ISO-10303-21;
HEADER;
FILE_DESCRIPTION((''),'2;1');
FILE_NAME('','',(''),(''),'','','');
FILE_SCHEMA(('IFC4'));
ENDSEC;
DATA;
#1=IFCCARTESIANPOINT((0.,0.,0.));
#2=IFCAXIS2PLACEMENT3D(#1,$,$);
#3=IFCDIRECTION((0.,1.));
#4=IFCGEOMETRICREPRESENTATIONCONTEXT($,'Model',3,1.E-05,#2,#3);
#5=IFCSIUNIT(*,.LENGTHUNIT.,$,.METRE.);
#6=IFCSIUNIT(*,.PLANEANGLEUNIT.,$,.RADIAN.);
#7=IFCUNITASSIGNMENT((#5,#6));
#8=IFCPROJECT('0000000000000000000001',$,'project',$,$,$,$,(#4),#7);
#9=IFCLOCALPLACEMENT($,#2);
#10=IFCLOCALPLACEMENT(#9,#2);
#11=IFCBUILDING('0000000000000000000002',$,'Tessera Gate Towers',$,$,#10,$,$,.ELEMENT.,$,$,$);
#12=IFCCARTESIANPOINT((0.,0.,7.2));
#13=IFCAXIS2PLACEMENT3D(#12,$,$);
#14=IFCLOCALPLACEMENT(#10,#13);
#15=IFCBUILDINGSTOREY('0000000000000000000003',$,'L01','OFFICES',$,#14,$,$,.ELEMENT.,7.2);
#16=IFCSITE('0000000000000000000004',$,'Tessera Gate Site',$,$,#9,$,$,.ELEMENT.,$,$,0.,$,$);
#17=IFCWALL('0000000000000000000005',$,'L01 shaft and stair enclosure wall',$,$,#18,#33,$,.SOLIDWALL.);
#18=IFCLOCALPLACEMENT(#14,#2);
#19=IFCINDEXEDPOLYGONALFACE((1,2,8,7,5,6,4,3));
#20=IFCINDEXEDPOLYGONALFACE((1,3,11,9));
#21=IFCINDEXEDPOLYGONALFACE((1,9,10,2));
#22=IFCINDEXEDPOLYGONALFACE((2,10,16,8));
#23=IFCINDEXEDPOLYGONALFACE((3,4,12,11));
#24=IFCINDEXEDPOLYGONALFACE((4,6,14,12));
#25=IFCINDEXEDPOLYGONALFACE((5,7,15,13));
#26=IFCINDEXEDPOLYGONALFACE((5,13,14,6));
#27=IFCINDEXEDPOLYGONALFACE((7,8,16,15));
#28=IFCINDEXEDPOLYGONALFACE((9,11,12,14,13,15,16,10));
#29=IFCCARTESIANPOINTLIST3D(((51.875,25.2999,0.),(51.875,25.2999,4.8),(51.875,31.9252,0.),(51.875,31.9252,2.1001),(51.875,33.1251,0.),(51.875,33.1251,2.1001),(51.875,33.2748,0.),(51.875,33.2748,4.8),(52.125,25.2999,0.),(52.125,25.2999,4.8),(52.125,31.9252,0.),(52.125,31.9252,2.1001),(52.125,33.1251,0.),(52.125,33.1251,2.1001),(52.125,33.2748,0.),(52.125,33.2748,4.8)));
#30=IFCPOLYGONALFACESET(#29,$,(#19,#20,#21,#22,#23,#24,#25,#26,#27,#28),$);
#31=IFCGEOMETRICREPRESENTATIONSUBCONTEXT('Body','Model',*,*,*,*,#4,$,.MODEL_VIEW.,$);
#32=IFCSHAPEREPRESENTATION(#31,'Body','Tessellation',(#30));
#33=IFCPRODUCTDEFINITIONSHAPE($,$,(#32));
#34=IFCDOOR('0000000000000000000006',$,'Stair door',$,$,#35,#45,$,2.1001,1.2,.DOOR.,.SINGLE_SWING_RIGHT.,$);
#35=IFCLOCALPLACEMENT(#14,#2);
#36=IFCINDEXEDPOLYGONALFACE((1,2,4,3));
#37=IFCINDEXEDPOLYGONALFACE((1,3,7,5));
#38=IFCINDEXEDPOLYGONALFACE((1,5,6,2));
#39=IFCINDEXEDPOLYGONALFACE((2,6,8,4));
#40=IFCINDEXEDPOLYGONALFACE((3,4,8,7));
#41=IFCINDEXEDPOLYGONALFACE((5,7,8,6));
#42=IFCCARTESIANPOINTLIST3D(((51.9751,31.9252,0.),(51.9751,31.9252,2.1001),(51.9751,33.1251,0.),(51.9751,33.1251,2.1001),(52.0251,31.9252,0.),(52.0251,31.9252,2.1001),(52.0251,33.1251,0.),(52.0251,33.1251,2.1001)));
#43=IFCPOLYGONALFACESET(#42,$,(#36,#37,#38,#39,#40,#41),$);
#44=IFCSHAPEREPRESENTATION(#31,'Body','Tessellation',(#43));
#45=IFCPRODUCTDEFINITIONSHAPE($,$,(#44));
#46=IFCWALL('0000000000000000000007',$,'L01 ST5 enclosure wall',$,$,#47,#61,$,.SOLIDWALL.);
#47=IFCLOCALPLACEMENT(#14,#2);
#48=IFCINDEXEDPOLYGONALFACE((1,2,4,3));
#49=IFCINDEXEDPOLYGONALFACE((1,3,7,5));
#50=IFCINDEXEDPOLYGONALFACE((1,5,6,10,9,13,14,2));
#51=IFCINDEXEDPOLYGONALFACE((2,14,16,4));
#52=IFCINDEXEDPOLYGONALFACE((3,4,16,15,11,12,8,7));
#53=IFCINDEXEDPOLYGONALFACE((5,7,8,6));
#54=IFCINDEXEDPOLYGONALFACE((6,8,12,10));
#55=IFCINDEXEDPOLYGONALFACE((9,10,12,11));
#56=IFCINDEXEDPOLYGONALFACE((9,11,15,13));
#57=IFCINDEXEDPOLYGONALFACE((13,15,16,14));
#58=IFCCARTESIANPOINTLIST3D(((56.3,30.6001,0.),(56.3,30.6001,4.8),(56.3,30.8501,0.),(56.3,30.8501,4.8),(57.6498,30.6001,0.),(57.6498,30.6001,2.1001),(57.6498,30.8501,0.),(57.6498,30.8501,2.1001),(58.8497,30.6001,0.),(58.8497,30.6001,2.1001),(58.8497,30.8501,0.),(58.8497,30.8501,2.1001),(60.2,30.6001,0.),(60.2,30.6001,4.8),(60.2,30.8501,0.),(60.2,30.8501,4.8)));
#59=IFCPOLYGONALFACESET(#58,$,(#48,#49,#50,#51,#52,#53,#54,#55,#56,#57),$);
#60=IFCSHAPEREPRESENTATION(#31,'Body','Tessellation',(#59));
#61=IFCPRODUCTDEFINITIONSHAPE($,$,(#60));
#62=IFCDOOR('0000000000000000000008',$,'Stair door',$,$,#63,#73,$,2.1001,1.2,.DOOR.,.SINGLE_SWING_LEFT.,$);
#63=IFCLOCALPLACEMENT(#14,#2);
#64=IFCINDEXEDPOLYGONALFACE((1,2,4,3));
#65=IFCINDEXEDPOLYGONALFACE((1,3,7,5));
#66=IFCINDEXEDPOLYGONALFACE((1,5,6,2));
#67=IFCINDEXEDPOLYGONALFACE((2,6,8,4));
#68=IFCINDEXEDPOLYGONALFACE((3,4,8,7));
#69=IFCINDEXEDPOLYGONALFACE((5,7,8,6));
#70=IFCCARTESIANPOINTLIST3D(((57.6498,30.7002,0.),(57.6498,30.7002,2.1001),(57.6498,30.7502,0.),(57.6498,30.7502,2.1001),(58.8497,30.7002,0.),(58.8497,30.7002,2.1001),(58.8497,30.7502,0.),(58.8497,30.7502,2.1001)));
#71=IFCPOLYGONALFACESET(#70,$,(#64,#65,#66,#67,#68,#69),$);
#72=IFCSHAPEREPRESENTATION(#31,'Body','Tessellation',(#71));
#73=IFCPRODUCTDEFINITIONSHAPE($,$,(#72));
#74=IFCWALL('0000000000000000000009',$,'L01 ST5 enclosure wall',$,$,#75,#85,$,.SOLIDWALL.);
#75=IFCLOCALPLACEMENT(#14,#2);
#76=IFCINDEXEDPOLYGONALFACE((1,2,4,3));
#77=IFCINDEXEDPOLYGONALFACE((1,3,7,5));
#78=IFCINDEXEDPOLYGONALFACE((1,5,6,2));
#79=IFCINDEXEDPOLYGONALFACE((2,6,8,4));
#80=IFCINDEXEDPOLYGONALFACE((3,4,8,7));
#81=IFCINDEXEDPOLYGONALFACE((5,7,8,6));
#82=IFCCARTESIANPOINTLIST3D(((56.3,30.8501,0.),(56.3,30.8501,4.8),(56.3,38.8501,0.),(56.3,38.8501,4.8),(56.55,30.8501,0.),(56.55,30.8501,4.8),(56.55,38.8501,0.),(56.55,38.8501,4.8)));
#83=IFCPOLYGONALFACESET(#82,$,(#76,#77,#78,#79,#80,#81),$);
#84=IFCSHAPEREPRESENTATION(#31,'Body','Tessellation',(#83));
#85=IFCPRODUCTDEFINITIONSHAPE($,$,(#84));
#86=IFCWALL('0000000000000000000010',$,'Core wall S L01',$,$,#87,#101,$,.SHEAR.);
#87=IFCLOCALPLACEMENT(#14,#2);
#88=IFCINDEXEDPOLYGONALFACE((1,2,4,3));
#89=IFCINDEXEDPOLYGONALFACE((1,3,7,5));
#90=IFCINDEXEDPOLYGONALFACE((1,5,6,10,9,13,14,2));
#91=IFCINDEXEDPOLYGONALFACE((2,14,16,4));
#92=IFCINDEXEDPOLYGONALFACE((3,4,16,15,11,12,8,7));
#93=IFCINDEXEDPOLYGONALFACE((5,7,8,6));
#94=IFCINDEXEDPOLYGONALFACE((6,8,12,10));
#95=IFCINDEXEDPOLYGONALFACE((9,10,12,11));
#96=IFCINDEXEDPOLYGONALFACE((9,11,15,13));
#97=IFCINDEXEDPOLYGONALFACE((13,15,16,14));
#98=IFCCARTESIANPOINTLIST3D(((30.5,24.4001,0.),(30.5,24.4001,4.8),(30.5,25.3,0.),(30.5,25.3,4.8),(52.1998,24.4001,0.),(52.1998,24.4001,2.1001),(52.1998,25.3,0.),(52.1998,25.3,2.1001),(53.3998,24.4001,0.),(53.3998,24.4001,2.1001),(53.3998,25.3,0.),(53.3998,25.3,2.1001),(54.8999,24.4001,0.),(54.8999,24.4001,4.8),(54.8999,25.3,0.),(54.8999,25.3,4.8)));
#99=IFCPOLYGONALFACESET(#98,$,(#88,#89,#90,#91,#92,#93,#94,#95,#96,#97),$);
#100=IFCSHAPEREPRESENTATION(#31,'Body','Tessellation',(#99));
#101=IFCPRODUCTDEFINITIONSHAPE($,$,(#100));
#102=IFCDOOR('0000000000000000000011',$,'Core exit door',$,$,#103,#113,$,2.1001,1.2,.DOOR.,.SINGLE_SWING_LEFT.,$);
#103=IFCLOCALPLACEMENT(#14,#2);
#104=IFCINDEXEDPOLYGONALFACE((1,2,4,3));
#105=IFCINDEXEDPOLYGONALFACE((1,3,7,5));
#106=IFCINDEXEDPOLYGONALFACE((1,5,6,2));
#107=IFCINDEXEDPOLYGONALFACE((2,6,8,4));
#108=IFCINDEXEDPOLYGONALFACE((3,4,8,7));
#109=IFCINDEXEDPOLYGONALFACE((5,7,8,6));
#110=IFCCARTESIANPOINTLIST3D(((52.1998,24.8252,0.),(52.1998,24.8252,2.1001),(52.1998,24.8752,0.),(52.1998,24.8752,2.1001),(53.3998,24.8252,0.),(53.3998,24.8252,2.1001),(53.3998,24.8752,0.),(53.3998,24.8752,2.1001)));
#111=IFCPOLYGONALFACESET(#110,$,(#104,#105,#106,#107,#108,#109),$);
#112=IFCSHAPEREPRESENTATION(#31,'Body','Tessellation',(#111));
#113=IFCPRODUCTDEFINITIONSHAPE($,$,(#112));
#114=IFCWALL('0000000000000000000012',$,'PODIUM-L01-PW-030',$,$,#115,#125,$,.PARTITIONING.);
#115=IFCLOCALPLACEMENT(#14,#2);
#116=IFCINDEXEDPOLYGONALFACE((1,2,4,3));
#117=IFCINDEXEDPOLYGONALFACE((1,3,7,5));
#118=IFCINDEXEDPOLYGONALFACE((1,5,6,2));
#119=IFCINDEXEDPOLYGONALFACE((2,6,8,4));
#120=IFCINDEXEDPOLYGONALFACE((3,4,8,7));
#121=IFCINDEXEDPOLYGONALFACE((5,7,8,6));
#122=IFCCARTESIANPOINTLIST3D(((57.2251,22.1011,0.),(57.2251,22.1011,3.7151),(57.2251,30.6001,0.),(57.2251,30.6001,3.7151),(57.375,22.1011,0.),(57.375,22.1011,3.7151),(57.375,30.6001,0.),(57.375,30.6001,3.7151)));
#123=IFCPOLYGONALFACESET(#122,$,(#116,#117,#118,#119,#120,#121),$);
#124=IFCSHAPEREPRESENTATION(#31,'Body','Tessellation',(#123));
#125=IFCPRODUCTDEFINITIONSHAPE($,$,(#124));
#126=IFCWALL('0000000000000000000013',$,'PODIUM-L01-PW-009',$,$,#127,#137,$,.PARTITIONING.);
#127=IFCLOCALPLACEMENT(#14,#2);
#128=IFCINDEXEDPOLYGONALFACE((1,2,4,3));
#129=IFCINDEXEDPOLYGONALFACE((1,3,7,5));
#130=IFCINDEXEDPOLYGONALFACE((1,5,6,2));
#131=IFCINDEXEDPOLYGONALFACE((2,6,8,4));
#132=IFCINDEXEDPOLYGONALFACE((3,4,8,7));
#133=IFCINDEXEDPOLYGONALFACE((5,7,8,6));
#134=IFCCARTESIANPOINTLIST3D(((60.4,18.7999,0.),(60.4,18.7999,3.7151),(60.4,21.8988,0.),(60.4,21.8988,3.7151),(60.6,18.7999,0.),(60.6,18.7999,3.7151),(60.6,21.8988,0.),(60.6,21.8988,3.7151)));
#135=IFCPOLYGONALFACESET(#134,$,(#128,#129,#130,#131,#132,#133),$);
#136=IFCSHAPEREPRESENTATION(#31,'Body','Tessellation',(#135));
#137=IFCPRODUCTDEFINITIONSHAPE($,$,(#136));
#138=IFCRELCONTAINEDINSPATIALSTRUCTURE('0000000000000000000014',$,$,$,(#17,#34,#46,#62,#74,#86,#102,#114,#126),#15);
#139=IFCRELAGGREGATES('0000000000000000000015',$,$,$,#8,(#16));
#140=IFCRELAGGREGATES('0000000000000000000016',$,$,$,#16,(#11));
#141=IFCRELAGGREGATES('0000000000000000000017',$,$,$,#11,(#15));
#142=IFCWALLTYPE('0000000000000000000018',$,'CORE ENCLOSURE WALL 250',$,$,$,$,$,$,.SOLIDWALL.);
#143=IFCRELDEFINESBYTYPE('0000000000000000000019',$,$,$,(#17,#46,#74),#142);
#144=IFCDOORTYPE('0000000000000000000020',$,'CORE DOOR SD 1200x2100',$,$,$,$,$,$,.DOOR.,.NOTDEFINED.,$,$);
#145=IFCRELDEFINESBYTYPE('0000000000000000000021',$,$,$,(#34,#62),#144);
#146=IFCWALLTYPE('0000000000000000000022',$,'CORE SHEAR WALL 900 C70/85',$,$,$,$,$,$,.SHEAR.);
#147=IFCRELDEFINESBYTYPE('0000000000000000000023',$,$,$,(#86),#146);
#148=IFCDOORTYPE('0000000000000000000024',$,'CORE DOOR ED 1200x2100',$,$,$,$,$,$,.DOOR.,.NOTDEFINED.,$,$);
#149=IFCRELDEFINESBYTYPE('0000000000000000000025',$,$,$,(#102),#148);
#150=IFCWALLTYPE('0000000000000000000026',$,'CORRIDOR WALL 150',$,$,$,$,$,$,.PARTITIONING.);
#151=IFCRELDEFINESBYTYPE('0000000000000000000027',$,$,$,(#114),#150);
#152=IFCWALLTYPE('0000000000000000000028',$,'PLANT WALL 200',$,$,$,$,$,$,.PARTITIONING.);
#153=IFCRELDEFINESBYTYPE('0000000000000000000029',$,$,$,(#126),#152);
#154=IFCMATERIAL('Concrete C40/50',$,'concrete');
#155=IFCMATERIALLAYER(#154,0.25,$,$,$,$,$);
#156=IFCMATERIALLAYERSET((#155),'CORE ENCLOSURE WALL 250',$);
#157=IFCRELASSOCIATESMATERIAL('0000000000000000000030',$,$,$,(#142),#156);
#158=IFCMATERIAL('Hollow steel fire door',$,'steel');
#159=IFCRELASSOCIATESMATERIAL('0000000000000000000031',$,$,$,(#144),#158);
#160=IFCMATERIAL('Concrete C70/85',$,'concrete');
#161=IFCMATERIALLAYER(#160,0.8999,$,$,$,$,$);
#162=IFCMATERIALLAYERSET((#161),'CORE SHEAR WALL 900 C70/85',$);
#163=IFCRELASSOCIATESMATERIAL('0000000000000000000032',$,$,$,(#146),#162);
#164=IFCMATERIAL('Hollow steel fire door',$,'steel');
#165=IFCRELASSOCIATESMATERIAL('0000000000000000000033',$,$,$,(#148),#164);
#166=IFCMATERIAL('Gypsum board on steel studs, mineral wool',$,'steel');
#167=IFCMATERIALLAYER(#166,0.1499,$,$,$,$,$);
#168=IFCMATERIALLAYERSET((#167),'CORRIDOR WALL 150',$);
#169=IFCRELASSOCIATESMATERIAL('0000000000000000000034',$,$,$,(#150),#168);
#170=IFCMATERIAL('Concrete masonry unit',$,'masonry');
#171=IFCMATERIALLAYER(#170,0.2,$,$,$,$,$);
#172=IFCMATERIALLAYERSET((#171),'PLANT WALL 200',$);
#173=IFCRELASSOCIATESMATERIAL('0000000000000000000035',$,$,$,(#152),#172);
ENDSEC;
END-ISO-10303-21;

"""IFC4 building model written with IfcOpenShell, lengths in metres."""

from ifc_helpers import new_model, si_unit, direction, frame, frame_2d, origin, place, context, subcontext, project, spatial, rectangle, extrude, source, transform, mapped, material, layer, layer_set, type_object, element, fill, save


model = new_model("IFC4")

# Units and contexts
model_context = context("Model", 3, precision=1e-05, world=origin(), true_north=direction((0.0, 1.0)))
body_context = subcontext(model_context, "Body", "Model", "MODEL_VIEW")
ifc_project = project(units=[si_unit("LENGTHUNIT", "METRE"), si_unit("PLANEANGLEUNIT", "RADIAN")], contexts=[model_context])

# Site, building, storey
site_placement = place(None, origin())
site = spatial("IfcSite", under=ifc_project, at=site_placement, Name="Tessera Gate Site", CompositionType="ELEMENT", RefElevation=0.0)
building_placement = place(site_placement, origin())
building = spatial("IfcBuilding", under=site, at=building_placement, Name="Tessera Gate Towers", CompositionType="ELEMENT")
storey_placement = place(building_placement, frame((0.0, 0.0, 7.2)))
storey = spatial("IfcBuildingStorey", under=building, at=storey_placement, Name="L01", Description="OFFICES", CompositionType="ELEMENT", Elevation=7.2)

# Walls, openings, doors
ifc_material_1 = material(Name="Concrete C40/50", Category="concrete")
ifc_layer_1 = layer(ifc_material_1, 0.25)
ifc_layer_set_1 = layer_set([ifc_layer_1], Name="CORE ENCLOSURE WALL 250")
wall_type_1 = type_object("IfcWallType", Name="CORE ENCLOSURE WALL 250", PredefinedType="SOLIDWALL", material=ifc_layer_set_1)
wall_1_placement = place(storey_placement, frame((52.0, 25.3, 0.0), z_axis=(0.0, 0.0, 1.0), x_axis=(0.0, 1.0, 0.0)))
wall_1 = element("IfcWall", 1, at=wall_1_placement, inside=storey, type_object=wall_type_1, Name="L01 shaft and stair enclosure wall", PredefinedType="SOLIDWALL", context=body_context, shape_type="SweptSolid", body=[
    extrude(rectangle(XDim=7.9749, YDim=0.25, at=frame_2d((3.9873, 0.0))), origin(), (0.0, 0.0, 1.0), 4.8),
])
shared_shape_1 = source(origin(), body_context, "Body", "SweptSolid", [
    extrude(rectangle(XDim=1.2, YDim=2.1001, at=frame_2d((0.6001, 1.05))), frame((0.0, 0.135, 0.0), z_axis=(0.0, -1.0, 0.0), x_axis=(1.0, 0.0, 0.0)), (0.0, 0.0, 1.0), 0.27),
])
opening_1_placement = place(wall_1_placement, frame((6.625, 0.0, 0.0)))
opening_1 = element("IfcOpeningElement", 2, at=opening_1_placement, cuts=wall_1, PredefinedType="OPENING", context=body_context, shape_type="MappedRepresentation", body=[
    mapped(shared_shape_1, transform((0.0, 0.0, 0.0), scale=1.0)),
])
ifc_material_2 = material(Name="Hollow steel fire door", Category="steel")
door_type_1 = type_object("IfcDoorType", Name="CORE DOOR SD 1200x2100", OperationType="NOTDEFINED", PredefinedType="DOOR", material=ifc_material_2)
shared_shape_2 = source(origin(), body_context, "Body", "SweptSolid", [
    extrude(rectangle(XDim=1.2, YDim=2.1001, at=frame_2d((0.6001, 1.05))), frame((0.0, 0.0249, 0.0), z_axis=(0.0, -1.0, 0.0), x_axis=(1.0, 0.0, 0.0)), (0.0, 0.0, 1.0), 0.05),
])
door_1_placement = place(opening_1_placement, origin())
door_1 = element("IfcDoor", 3, at=door_1_placement, inside=storey, type_object=door_type_1, Name="Stair door", OperationType="SINGLE_SWING_RIGHT", OverallHeight=2.1001, OverallWidth=1.2, PredefinedType="DOOR", context=body_context, shape_type="MappedRepresentation", body=[
    mapped(shared_shape_2, transform((0.0, 0.0, 0.0), scale=1.0)),
])
fill(opening_1, door_1)
wall_2_placement = place(storey_placement, frame((60.2, 30.7251, 0.0), z_axis=(0.0, 0.0, 1.0), x_axis=(-1.0, 0.0, 0.0)))
wall_2 = element("IfcWall", 4, at=wall_2_placement, inside=storey, type_object=wall_type_1, Name="L01 ST5 enclosure wall", PredefinedType="SOLIDWALL", context=body_context, shape_type="SweptSolid", body=[
    extrude(rectangle(XDim=3.8999, YDim=0.25, at=frame_2d((1.95, 0.0))), origin(), (0.0, 0.0, 1.0), 4.8),
])
opening_2_placement = place(wall_2_placement, frame((1.3501, 0.0, 0.0)))
opening_2 = element("IfcOpeningElement", 5, at=opening_2_placement, cuts=wall_2, PredefinedType="OPENING", context=body_context, shape_type="MappedRepresentation", body=[
    mapped(shared_shape_1, transform((0.0, 0.0, 0.0), scale=1.0)),
])
door_2_placement = place(opening_2_placement, origin())
door_2 = element("IfcDoor", 6, at=door_2_placement, inside=storey, type_object=door_type_1, Name="Stair door", OperationType="SINGLE_SWING_LEFT", OverallHeight=2.1001, OverallWidth=1.2, PredefinedType="DOOR", context=body_context, shape_type="MappedRepresentation", body=[
    mapped(shared_shape_2, transform((0.0, 0.0, 0.0), scale=1.0)),
])
fill(opening_2, door_2)

# Wall
wall_3_placement = place(storey_placement, frame((56.425, 30.8501, 0.0), z_axis=(0.0, 0.0, 1.0), x_axis=(0.0, 1.0, 0.0)))
element("IfcWall", 7, at=wall_3_placement, inside=storey, type_object=wall_type_1, Name="L01 ST5 enclosure wall", PredefinedType="SOLIDWALL", context=body_context, shape_type="SweptSolid", body=[
    extrude(rectangle(XDim=8.0, YDim=0.25, at=frame_2d((4.0, 0.0))), origin(), (0.0, 0.0, 1.0), 4.8),
])

# Wall, opening, door
ifc_material_3 = material(Name="Concrete C70/85", Category="concrete")
ifc_layer_2 = layer(ifc_material_3, 0.8999)
ifc_layer_set_2 = layer_set([ifc_layer_2], Name="CORE SHEAR WALL 900 C70/85")
wall_type_2 = type_object("IfcWallType", Name="CORE SHEAR WALL 900 C70/85", PredefinedType="SHEAR", material=ifc_layer_set_2)
wall_4_placement = place(storey_placement, frame((54.8999, 24.8501, 0.0), z_axis=(0.0, 0.0, 1.0), x_axis=(-1.0, 0.0, 0.0)))
wall_4 = element("IfcWall", 8, at=wall_4_placement, inside=storey, type_object=wall_type_2, Name="Core wall S L01", PredefinedType="SHEAR", context=body_context, shape_type="SweptSolid", body=[
    extrude(rectangle(XDim=24.3999, YDim=0.8999, at=frame_2d((12.2, 0.0))), origin(), (0.0, 0.0, 1.0), 4.8),
])
shared_shape_3 = source(origin(), body_context, "Body", "SweptSolid", [
    extrude(rectangle(XDim=1.2, YDim=2.1001, at=frame_2d((0.6001, 1.05))), frame((0.0, 0.46, 0.0), z_axis=(0.0, -1.0, 0.0), x_axis=(1.0, 0.0, 0.0)), (0.0, 0.0, 1.0), 0.9199),
])
opening_3_placement = place(wall_4_placement, frame((1.5, 0.0, 0.0)))
opening_3 = element("IfcOpeningElement", 9, at=opening_3_placement, cuts=wall_4, PredefinedType="OPENING", context=body_context, shape_type="MappedRepresentation", body=[
    mapped(shared_shape_3, transform((0.0, 0.0, 0.0), scale=1.0)),
])
ifc_material_4 = material(Name="Hollow steel fire door", Category="steel")
door_type_2 = type_object("IfcDoorType", Name="CORE DOOR ED 1200x2100", OperationType="NOTDEFINED", PredefinedType="DOOR", material=ifc_material_4)
door_3_placement = place(opening_3_placement, origin())
door_3 = element("IfcDoor", 10, at=door_3_placement, inside=storey, type_object=door_type_2, Name="Core exit door", OperationType="SINGLE_SWING_LEFT", OverallHeight=2.1001, OverallWidth=1.2, PredefinedType="DOOR", context=body_context, shape_type="MappedRepresentation", body=[
    mapped(shared_shape_2, transform((0.0, 0.0, 0.0), scale=1.0)),
])
fill(opening_3, door_3)

# Walls
ifc_material_5 = material(Name="Gypsum board on steel studs, mineral wool", Category="steel")
ifc_layer_3 = layer(ifc_material_5, 0.1499)
ifc_layer_set_3 = layer_set([ifc_layer_3], Name="CORRIDOR WALL 150")
wall_type_3 = type_object("IfcWallType", Name="CORRIDOR WALL 150", PredefinedType="PARTITIONING", material=ifc_layer_set_3)
wall_5_placement = place(storey_placement, frame((57.3, 22.1011, 0.0), z_axis=(0.0, 0.0, 1.0), x_axis=(0.0, 1.0, 0.0)))
element("IfcWall", 11, at=wall_5_placement, inside=storey, type_object=wall_type_3, Name="PODIUM-L01-PW-030", PredefinedType="PARTITIONING", context=body_context, shape_type="SweptSolid", body=[
    extrude(rectangle(XDim=8.499, YDim=0.1499, at=frame_2d((4.2495, 0.0))), origin(), (0.0, 0.0, 1.0), 3.7151),
])
ifc_material_6 = material(Name="Concrete masonry unit", Category="masonry")
ifc_layer_4 = layer(ifc_material_6, 0.2)
ifc_layer_set_4 = layer_set([ifc_layer_4], Name="PLANT WALL 200")
wall_type_4 = type_object("IfcWallType", Name="PLANT WALL 200", PredefinedType="PARTITIONING", material=ifc_layer_set_4)
wall_6_placement = place(storey_placement, frame((60.5, 18.8, 0.0), z_axis=(0.0, 0.0, 1.0), x_axis=(0.0, 1.0, 0.0)))
element("IfcWall", 12, at=wall_6_placement, inside=storey, type_object=wall_type_4, Name="PODIUM-L01-PW-009", PredefinedType="PARTITIONING", context=body_context, shape_type="SweptSolid", body=[
    extrude(rectangle(XDim=3.0989, YDim=0.2, at=frame_2d((1.5493, 0.0))), origin(), (0.0, 0.0, 1.0), 3.7151),
])

save(model, "model.ifc")
